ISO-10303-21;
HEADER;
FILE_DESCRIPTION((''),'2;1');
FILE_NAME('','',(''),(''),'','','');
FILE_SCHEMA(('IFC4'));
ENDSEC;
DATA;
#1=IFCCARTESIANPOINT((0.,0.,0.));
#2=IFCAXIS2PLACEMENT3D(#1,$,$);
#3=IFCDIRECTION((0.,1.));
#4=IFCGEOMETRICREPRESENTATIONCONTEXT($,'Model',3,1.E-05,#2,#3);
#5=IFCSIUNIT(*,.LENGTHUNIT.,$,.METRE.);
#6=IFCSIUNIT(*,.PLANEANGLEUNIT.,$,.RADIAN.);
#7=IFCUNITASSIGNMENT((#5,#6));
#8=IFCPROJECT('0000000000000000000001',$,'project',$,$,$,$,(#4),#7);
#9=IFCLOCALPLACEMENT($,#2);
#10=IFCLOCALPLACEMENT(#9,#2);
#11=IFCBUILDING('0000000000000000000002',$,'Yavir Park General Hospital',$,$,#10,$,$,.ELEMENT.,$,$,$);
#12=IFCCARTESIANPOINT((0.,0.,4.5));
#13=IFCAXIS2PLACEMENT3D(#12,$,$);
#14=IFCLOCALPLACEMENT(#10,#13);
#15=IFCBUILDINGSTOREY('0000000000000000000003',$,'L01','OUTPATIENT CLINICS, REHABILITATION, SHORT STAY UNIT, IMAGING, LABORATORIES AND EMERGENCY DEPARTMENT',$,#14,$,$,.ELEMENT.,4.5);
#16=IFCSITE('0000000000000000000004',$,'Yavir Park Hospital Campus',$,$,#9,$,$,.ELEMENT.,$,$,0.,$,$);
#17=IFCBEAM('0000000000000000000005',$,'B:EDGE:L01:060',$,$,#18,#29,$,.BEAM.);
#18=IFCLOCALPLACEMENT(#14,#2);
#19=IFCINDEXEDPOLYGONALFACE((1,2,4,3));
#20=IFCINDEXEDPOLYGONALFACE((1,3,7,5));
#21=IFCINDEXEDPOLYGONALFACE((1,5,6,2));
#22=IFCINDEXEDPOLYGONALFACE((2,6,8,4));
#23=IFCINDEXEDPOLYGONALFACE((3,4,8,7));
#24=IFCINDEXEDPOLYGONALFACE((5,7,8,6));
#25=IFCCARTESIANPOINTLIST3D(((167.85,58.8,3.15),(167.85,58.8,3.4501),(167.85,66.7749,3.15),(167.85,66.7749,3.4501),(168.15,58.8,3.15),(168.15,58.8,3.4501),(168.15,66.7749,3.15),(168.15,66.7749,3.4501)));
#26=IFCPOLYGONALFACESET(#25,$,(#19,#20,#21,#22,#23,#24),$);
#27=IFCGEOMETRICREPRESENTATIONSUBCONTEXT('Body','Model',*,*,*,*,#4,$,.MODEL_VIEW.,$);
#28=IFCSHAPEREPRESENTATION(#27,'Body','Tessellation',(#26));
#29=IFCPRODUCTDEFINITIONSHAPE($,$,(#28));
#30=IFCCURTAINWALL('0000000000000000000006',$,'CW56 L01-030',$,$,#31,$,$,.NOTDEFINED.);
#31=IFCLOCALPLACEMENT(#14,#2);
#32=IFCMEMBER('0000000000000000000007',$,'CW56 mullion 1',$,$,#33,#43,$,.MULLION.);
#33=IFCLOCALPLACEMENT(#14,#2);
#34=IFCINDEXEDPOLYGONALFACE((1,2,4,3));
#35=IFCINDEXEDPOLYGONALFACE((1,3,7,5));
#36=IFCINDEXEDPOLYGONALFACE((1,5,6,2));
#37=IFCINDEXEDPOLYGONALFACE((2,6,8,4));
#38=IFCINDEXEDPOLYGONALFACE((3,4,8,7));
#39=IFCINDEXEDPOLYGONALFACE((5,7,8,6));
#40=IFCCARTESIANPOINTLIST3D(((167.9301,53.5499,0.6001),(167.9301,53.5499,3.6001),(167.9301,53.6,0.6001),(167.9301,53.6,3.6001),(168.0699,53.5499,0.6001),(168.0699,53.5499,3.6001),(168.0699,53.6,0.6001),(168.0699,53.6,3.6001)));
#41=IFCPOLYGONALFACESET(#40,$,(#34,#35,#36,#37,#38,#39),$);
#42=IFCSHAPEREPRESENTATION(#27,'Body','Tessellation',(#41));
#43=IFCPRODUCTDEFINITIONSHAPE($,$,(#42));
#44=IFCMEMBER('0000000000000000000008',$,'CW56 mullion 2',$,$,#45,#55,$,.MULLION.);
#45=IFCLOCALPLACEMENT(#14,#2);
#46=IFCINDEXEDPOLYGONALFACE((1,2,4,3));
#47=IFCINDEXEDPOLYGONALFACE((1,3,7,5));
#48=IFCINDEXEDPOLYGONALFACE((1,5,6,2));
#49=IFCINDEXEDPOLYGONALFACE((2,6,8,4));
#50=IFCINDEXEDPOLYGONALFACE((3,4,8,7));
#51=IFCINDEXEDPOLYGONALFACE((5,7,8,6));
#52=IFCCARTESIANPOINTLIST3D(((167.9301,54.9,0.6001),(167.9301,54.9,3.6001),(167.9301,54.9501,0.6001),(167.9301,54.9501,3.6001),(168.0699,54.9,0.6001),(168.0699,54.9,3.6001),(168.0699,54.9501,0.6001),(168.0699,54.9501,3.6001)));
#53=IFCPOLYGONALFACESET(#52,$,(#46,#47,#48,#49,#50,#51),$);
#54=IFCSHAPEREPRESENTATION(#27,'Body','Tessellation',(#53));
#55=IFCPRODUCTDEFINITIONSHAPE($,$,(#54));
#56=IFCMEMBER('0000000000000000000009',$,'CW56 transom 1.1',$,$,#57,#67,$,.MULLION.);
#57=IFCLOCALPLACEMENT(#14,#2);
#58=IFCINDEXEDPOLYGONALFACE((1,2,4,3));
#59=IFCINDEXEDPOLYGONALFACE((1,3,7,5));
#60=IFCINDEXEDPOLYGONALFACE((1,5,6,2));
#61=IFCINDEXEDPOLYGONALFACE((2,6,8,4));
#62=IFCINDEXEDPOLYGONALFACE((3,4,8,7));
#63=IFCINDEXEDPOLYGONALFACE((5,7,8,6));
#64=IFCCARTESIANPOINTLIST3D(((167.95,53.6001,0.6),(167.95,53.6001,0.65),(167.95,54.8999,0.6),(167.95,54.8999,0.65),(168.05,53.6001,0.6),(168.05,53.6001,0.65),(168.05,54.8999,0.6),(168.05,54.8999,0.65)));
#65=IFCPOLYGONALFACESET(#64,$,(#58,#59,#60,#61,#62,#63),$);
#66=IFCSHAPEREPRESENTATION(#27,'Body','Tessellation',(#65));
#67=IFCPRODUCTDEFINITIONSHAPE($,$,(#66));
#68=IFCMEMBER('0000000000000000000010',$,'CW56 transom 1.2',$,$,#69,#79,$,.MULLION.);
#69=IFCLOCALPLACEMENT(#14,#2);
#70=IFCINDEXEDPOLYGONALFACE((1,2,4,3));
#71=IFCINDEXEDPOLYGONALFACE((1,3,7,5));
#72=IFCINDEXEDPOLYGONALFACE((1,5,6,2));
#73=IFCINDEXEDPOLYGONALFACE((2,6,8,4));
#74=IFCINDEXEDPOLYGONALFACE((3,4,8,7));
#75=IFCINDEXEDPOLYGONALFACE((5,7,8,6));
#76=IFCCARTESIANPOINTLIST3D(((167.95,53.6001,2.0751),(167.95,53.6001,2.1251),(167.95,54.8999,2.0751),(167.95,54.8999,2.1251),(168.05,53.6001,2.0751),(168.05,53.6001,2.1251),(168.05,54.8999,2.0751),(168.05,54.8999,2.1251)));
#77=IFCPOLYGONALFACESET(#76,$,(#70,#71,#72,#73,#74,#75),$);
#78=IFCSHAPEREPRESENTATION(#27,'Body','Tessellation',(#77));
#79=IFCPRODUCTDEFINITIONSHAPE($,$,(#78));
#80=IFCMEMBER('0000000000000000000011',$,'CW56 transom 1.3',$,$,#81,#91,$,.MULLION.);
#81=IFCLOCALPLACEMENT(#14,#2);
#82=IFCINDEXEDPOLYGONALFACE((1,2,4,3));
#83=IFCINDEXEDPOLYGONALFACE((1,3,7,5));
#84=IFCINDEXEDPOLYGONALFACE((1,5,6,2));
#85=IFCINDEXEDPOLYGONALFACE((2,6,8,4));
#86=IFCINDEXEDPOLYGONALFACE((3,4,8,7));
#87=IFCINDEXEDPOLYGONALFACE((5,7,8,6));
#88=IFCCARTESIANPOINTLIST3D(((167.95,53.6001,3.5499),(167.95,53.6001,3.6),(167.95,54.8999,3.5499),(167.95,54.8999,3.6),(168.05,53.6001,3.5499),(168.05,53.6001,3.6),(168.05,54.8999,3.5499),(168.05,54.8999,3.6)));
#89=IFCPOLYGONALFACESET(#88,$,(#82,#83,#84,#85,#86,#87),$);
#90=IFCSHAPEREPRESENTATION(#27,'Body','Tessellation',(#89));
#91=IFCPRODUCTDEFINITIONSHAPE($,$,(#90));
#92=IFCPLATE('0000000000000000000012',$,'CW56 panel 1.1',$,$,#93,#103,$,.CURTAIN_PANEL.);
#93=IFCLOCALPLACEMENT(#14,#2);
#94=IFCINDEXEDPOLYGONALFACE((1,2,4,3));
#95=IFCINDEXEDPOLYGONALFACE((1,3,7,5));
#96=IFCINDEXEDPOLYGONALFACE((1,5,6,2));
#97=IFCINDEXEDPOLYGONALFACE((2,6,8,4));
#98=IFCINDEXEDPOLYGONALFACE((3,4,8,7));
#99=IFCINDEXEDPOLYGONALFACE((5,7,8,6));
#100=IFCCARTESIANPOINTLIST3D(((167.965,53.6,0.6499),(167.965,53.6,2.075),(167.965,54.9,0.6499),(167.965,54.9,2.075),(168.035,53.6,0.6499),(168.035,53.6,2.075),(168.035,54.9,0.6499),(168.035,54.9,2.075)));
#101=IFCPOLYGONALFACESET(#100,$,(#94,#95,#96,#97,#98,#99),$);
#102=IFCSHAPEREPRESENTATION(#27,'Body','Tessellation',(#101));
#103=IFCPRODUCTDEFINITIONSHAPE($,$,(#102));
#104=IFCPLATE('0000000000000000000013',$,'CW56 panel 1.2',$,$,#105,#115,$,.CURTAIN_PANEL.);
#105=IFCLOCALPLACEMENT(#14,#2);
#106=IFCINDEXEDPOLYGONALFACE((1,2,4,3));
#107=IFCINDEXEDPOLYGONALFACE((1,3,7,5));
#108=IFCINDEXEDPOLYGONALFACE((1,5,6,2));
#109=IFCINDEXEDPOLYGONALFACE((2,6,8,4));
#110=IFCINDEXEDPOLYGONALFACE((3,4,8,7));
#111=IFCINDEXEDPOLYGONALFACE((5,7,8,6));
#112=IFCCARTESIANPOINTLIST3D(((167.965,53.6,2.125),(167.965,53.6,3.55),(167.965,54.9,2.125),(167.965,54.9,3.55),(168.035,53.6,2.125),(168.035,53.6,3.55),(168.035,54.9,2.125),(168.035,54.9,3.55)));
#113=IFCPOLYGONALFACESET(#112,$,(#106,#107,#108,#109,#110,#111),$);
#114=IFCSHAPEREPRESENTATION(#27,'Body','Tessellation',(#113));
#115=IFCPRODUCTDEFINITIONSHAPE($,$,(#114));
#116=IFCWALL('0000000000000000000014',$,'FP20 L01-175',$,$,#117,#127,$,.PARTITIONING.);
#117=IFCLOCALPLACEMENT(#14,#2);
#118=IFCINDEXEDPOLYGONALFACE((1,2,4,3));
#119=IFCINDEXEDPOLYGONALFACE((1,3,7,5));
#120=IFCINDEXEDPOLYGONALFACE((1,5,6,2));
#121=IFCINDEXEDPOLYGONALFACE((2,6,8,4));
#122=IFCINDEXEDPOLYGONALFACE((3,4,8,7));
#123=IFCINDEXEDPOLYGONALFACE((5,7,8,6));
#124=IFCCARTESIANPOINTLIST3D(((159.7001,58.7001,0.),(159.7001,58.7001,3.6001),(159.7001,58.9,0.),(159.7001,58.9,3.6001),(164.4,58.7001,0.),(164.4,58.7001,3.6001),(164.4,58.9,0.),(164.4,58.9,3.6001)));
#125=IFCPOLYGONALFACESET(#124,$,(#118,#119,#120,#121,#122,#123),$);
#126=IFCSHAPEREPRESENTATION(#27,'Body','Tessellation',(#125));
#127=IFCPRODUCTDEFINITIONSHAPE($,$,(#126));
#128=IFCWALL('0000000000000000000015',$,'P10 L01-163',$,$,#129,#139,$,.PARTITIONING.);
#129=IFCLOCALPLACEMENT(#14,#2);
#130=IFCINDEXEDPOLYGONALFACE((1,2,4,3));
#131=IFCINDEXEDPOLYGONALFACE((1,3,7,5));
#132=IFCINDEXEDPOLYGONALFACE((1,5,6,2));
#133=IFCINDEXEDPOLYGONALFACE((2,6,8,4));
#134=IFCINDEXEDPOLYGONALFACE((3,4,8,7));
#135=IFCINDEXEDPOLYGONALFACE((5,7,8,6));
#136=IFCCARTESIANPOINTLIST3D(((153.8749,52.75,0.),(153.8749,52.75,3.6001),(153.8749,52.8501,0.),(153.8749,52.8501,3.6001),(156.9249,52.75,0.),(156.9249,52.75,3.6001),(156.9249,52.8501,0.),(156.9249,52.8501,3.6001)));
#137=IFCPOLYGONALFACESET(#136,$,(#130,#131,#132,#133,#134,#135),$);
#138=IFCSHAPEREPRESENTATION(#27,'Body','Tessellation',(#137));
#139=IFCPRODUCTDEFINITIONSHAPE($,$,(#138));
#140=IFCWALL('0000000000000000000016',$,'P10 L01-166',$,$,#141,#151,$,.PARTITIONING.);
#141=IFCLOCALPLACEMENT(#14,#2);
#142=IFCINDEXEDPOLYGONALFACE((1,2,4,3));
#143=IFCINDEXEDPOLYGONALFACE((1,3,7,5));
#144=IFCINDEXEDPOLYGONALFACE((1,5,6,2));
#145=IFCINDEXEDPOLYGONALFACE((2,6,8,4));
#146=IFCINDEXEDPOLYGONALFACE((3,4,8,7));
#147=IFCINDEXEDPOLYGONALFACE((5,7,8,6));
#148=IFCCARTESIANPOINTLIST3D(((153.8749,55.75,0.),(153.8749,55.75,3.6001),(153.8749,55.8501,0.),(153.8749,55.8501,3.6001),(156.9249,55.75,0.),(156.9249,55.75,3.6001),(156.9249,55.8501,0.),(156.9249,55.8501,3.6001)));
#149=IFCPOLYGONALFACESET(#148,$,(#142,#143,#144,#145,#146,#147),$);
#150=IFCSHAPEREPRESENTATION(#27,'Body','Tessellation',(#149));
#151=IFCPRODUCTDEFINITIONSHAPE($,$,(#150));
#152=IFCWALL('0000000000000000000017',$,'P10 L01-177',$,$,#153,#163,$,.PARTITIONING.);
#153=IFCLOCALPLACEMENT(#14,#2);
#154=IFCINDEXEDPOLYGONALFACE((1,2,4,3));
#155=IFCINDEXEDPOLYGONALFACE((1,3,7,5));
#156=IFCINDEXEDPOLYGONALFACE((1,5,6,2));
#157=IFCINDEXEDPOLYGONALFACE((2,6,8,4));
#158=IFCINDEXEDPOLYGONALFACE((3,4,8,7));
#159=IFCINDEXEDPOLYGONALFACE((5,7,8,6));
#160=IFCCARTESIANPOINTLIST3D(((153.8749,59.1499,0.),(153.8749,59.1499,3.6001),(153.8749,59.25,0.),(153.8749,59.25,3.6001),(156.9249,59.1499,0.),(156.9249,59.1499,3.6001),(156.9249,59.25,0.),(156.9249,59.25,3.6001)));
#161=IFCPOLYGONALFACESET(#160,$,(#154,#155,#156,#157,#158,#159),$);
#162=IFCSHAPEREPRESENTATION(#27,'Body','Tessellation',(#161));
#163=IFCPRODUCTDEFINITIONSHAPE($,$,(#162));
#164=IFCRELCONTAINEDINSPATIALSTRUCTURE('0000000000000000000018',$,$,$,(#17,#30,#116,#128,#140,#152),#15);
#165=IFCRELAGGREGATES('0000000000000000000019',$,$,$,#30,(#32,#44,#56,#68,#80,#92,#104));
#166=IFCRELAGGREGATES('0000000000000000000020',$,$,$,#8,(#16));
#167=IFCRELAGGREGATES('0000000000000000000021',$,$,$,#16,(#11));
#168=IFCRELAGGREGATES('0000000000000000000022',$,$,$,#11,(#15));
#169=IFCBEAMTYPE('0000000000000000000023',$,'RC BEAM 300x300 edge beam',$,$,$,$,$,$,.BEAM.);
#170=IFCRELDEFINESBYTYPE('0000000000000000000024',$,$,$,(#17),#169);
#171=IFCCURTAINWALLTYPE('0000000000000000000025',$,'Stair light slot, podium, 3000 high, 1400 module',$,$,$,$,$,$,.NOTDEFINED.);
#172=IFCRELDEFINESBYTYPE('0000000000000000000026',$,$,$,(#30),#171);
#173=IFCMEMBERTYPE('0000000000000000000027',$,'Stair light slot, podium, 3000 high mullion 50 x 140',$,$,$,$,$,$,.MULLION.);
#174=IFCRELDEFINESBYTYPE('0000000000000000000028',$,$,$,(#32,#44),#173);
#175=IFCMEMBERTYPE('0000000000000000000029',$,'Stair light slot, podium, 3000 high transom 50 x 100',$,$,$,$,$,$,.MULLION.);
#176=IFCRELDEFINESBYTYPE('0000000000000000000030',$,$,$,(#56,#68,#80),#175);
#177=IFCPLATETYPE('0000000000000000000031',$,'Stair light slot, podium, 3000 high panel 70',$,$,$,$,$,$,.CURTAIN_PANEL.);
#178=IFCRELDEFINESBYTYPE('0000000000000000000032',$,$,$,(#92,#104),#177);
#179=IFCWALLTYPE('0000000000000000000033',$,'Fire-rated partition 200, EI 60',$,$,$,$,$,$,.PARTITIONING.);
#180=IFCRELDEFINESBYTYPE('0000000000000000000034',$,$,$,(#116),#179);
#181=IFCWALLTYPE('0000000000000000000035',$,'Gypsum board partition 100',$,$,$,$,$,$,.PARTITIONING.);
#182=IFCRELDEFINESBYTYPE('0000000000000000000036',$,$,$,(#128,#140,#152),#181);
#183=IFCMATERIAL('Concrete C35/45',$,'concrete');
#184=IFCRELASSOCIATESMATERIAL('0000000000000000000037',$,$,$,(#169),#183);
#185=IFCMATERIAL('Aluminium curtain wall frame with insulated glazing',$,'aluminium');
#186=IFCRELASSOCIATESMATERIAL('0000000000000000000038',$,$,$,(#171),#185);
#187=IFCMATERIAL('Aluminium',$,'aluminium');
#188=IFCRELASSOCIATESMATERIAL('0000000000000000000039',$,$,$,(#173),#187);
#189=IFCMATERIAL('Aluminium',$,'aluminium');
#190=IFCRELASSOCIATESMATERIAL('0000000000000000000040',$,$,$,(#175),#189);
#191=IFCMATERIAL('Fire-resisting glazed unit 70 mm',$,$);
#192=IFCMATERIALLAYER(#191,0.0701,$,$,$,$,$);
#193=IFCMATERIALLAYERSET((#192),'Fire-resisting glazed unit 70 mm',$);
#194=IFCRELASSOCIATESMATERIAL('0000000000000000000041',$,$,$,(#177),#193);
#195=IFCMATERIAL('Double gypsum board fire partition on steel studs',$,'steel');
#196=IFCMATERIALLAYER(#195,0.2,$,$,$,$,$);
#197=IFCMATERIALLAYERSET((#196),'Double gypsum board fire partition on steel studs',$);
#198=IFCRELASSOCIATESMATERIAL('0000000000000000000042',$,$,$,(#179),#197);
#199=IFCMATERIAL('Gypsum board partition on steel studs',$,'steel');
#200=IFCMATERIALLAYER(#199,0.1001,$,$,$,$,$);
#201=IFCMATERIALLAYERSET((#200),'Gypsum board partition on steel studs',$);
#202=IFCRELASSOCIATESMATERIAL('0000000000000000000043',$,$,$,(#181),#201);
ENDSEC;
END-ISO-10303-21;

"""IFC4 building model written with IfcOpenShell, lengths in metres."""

from ifc_helpers import new_model, si_unit, direction, frame, frame_2d, origin, origin_2d, place, context, subcontext, project, spatial, rectangle, extrude, material, layer, layer_set, material_profile, profile_set, type_object, element, aggregate, save


model = new_model("IFC4")

# Units and contexts
model_context = context("Model", 3, precision=1e-05, world=origin(), true_north=direction((0.0, 1.0)))
body_context = subcontext(model_context, "Body", "Model", "MODEL_VIEW")
ifc_project = project(units=[si_unit("LENGTHUNIT", "METRE"), si_unit("PLANEANGLEUNIT", "RADIAN")], contexts=[model_context])

# Site, building, storey
site_placement = place(None, origin())
site = spatial("IfcSite", under=ifc_project, at=site_placement, Name="Yavir Park Hospital Campus", CompositionType="ELEMENT", RefElevation=0.0)
building_placement = place(site_placement, origin())
building = spatial("IfcBuilding", under=site, at=building_placement, Name="Yavir Park General Hospital", CompositionType="ELEMENT")
storey_placement = place(building_placement, frame((0.0, 0.0, 4.5)))
storey = spatial("IfcBuildingStorey", under=building, at=storey_placement, Name="L01", Description="OUTPATIENT CLINICS, REHABILITATION, SHORT STAY UNIT, IMAGING, LABORATORIES AND EMERGENCY DEPARTMENT", CompositionType="ELEMENT", Elevation=4.5)

# Beam
ifc_material_1 = material(Name="Concrete C35/45", Category="concrete")
ifc_material_profile_1 = material_profile(ifc_material_1, rectangle(XDim=0.3, YDim=0.3, at=origin_2d()), Name="RC300x300")
ifc_profile_set_1 = profile_set([ifc_material_profile_1], Name="Concrete C35/45")
beam_type = type_object("IfcBeamType", Name="RC BEAM 300x300 edge beam", PredefinedType="BEAM", material=ifc_profile_set_1)
beam_placement = place(storey_placement, frame((168.0, 58.8, 3.3), z_axis=(0.0, 1.0, 0.0), x_axis=(-1.0, 0.0, 0.0)))
element("IfcBeam", 1, at=beam_placement, inside=storey, type_object=beam_type, Name="B:EDGE:L01:060", PredefinedType="BEAM", context=body_context, shape_type="SweptSolid", body=[
    extrude(rectangle(XDim=0.3, YDim=0.3, at=origin_2d()), origin(), (0.0, 0.0, 1.0), 7.9749),
])

# Curtain wall, members, plates
ifc_material_2 = material(Name="Aluminium curtain wall frame with insulated glazing", Category="aluminium")
curtain_wall_type = type_object("IfcCurtainWallType", Name="Stair light slot, podium, 3000 high, 1400 module", PredefinedType="NOTDEFINED", material=ifc_material_2)
curtain_wall_placement = place(storey_placement, origin())
curtain_wall = element("IfcCurtainWall", 2, at=curtain_wall_placement, inside=storey, type_object=curtain_wall_type, Name="CW56 L01-030", PredefinedType="NOTDEFINED")
ifc_material_3 = material(Name="Aluminium", Category="aluminium")
ifc_material_profile_2 = material_profile(ifc_material_3, rectangle(XDim=0.1399, YDim=0.05, at=origin_2d()), Name="AL 50x140")
ifc_profile_set_2 = profile_set([ifc_material_profile_2], Name="Aluminium")
member_type_1 = type_object("IfcMemberType", Name="Stair light slot, podium, 3000 high mullion 50 x 140", PredefinedType="MULLION", material=ifc_profile_set_2)
member_1_placement = place(storey_placement, frame((168.0, 53.575, 0.6001), z_axis=(0.0, 0.0, 1.0), x_axis=(-1.0, 0.0, 0.0)))
member_1 = element("IfcMember", 3, at=member_1_placement, type_object=member_type_1, Name="CW56 mullion 1", PredefinedType="MULLION", context=body_context, shape_type="SweptSolid", body=[
    extrude(rectangle(XDim=0.1399, YDim=0.05, at=origin_2d()), origin(), (0.0, 0.0, 1.0), 3.0),
])
member_2_placement = place(storey_placement, frame((168.0, 54.925, 0.6001), z_axis=(0.0, 0.0, 1.0), x_axis=(-1.0, 0.0, 0.0)))
member_2 = element("IfcMember", 4, at=member_2_placement, type_object=member_type_1, Name="CW56 mullion 2", PredefinedType="MULLION", context=body_context, shape_type="SweptSolid", body=[
    extrude(rectangle(XDim=0.1399, YDim=0.05, at=origin_2d()), origin(), (0.0, 0.0, 1.0), 3.0),
])
ifc_material_4 = material(Name="Aluminium", Category="aluminium")
ifc_material_profile_3 = material_profile(ifc_material_4, rectangle(XDim=0.1001, YDim=0.05, at=origin_2d()), Name="AL 100x50")
ifc_profile_set_3 = profile_set([ifc_material_profile_3], Name="Aluminium")
member_type_2 = type_object("IfcMemberType", Name="Stair light slot, podium, 3000 high transom 50 x 100", PredefinedType="MULLION", material=ifc_profile_set_3)
member_3_placement = place(storey_placement, frame((168.0, 53.6001, 0.625), z_axis=(0.0, 1.0, 0.0), x_axis=(-1.0, 0.0, 0.0)))
member_3 = element("IfcMember", 5, at=member_3_placement, type_object=member_type_2, Name="CW56 transom 1.1", PredefinedType="MULLION", context=body_context, shape_type="SweptSolid", body=[
    extrude(rectangle(XDim=0.1001, YDim=0.05, at=origin_2d()), origin(), (0.0, 0.0, 1.0), 1.2998),
])
member_4_placement = place(storey_placement, frame((168.0, 53.6001, 2.1001), z_axis=(0.0, 1.0, 0.0), x_axis=(-1.0, 0.0, 0.0)))
member_4 = element("IfcMember", 6, at=member_4_placement, type_object=member_type_2, Name="CW56 transom 1.2", PredefinedType="MULLION", context=body_context, shape_type="SweptSolid", body=[
    extrude(rectangle(XDim=0.1001, YDim=0.05, at=origin_2d()), origin(), (0.0, 0.0, 1.0), 1.2998),
])
member_5_placement = place(storey_placement, frame((168.0, 53.6001, 3.575), z_axis=(0.0, 1.0, 0.0), x_axis=(-1.0, 0.0, 0.0)))
member_5 = element("IfcMember", 7, at=member_5_placement, type_object=member_type_2, Name="CW56 transom 1.3", PredefinedType="MULLION", context=body_context, shape_type="SweptSolid", body=[
    extrude(rectangle(XDim=0.1001, YDim=0.05, at=origin_2d()), origin(), (0.0, 0.0, 1.0), 1.2998),
])
ifc_material_5 = material(Name="Fire-resisting glazed unit 70 mm")
ifc_layer_1 = layer(ifc_material_5, 0.0701)
ifc_layer_set_1 = layer_set([ifc_layer_1], Name="Fire-resisting glazed unit 70 mm")
plate_type = type_object("IfcPlateType", Name="Stair light slot, podium, 3000 high panel 70", PredefinedType="CURTAIN_PANEL", material=ifc_layer_set_1)
plate_1_placement = place(storey_placement, frame((168.0, 54.25, 0.6499), z_axis=(0.0, 0.0, 1.0), x_axis=(0.0, 1.0, 0.0)))
plate_1 = element("IfcPlate", 8, at=plate_1_placement, type_object=plate_type, Name="CW56 panel 1.1", PredefinedType="CURTAIN_PANEL", context=body_context, shape_type="SweptSolid", body=[
    extrude(rectangle(XDim=1.3, YDim=0.0701, at=origin_2d()), origin(), (0.0, 0.0, 1.0), 1.425),
])
plate_2_placement = place(storey_placement, frame((168.0, 54.25, 2.125), z_axis=(0.0, 0.0, 1.0), x_axis=(0.0, 1.0, 0.0)))
plate_2 = element("IfcPlate", 9, at=plate_2_placement, type_object=plate_type, Name="CW56 panel 1.2", PredefinedType="CURTAIN_PANEL", context=body_context, shape_type="SweptSolid", body=[
    extrude(rectangle(XDim=1.3, YDim=0.0701, at=origin_2d()), origin(), (0.0, 0.0, 1.0), 1.425),
])
aggregate(curtain_wall, [member_1, member_2, member_3, member_4, member_5, plate_1, plate_2])

# Walls
ifc_material_6 = material(Name="Double gypsum board fire partition on steel studs", Category="steel")
ifc_layer_2 = layer(ifc_material_6, 0.2)
ifc_layer_set_2 = layer_set([ifc_layer_2], Name="Double gypsum board fire partition on steel studs")
wall_type_1 = type_object("IfcWallType", Name="Fire-rated partition 200, EI 60", PredefinedType="PARTITIONING", material=ifc_layer_set_2)
wall_1_placement = place(storey_placement, frame((159.7, 58.8, 0.0), z_axis=(0.0, 0.0, 1.0), x_axis=(1.0, 0.0, 0.0)))
element("IfcWall", 10, at=wall_1_placement, inside=storey, type_object=wall_type_1, Name="FP20 L01-175", PredefinedType="PARTITIONING", context=body_context, shape_type="SweptSolid", body=[
    extrude(rectangle(XDim=4.7, YDim=0.2, at=frame_2d((2.3501, 0.0))), origin(), (0.0, 0.0, 1.0), 3.6001),
])
ifc_material_7 = material(Name="Gypsum board partition on steel studs", Category="steel")
ifc_layer_3 = layer(ifc_material_7, 0.1001)
ifc_layer_set_3 = layer_set([ifc_layer_3], Name="Gypsum board partition on steel studs")
wall_type_2 = type_object("IfcWallType", Name="Gypsum board partition 100", PredefinedType="PARTITIONING", material=ifc_layer_set_3)
for number, where, z_axis, x_axis, name in (
    (11, (153.875, 52.8, 0.0), (0.0, 0.0, 1.0), (1.0, 0.0, 0.0), "P10 L01-163"),
    (12, (153.875, 55.8, 0.0), (0.0, 0.0, 1.0), (1.0, 0.0, 0.0), "P10 L01-166"),
    (13, (153.875, 59.2, 0.0), (0.0, 0.0, 1.0), (1.0, 0.0, 0.0), "P10 L01-177"),
):
    element("IfcWall", number, at=place(storey_placement, frame(where, z_axis=z_axis, x_axis=x_axis)), inside=storey, type_object=wall_type_2, Name=name, PredefinedType="PARTITIONING", context=body_context, shape_type="SweptSolid", body=[
        extrude(rectangle(XDim=3.05, YDim=0.1001, at=frame_2d((1.5249, 0.0))), origin(), (0.0, 0.0, 1.0), 3.6001),
    ])

save(model, "model.ifc")
